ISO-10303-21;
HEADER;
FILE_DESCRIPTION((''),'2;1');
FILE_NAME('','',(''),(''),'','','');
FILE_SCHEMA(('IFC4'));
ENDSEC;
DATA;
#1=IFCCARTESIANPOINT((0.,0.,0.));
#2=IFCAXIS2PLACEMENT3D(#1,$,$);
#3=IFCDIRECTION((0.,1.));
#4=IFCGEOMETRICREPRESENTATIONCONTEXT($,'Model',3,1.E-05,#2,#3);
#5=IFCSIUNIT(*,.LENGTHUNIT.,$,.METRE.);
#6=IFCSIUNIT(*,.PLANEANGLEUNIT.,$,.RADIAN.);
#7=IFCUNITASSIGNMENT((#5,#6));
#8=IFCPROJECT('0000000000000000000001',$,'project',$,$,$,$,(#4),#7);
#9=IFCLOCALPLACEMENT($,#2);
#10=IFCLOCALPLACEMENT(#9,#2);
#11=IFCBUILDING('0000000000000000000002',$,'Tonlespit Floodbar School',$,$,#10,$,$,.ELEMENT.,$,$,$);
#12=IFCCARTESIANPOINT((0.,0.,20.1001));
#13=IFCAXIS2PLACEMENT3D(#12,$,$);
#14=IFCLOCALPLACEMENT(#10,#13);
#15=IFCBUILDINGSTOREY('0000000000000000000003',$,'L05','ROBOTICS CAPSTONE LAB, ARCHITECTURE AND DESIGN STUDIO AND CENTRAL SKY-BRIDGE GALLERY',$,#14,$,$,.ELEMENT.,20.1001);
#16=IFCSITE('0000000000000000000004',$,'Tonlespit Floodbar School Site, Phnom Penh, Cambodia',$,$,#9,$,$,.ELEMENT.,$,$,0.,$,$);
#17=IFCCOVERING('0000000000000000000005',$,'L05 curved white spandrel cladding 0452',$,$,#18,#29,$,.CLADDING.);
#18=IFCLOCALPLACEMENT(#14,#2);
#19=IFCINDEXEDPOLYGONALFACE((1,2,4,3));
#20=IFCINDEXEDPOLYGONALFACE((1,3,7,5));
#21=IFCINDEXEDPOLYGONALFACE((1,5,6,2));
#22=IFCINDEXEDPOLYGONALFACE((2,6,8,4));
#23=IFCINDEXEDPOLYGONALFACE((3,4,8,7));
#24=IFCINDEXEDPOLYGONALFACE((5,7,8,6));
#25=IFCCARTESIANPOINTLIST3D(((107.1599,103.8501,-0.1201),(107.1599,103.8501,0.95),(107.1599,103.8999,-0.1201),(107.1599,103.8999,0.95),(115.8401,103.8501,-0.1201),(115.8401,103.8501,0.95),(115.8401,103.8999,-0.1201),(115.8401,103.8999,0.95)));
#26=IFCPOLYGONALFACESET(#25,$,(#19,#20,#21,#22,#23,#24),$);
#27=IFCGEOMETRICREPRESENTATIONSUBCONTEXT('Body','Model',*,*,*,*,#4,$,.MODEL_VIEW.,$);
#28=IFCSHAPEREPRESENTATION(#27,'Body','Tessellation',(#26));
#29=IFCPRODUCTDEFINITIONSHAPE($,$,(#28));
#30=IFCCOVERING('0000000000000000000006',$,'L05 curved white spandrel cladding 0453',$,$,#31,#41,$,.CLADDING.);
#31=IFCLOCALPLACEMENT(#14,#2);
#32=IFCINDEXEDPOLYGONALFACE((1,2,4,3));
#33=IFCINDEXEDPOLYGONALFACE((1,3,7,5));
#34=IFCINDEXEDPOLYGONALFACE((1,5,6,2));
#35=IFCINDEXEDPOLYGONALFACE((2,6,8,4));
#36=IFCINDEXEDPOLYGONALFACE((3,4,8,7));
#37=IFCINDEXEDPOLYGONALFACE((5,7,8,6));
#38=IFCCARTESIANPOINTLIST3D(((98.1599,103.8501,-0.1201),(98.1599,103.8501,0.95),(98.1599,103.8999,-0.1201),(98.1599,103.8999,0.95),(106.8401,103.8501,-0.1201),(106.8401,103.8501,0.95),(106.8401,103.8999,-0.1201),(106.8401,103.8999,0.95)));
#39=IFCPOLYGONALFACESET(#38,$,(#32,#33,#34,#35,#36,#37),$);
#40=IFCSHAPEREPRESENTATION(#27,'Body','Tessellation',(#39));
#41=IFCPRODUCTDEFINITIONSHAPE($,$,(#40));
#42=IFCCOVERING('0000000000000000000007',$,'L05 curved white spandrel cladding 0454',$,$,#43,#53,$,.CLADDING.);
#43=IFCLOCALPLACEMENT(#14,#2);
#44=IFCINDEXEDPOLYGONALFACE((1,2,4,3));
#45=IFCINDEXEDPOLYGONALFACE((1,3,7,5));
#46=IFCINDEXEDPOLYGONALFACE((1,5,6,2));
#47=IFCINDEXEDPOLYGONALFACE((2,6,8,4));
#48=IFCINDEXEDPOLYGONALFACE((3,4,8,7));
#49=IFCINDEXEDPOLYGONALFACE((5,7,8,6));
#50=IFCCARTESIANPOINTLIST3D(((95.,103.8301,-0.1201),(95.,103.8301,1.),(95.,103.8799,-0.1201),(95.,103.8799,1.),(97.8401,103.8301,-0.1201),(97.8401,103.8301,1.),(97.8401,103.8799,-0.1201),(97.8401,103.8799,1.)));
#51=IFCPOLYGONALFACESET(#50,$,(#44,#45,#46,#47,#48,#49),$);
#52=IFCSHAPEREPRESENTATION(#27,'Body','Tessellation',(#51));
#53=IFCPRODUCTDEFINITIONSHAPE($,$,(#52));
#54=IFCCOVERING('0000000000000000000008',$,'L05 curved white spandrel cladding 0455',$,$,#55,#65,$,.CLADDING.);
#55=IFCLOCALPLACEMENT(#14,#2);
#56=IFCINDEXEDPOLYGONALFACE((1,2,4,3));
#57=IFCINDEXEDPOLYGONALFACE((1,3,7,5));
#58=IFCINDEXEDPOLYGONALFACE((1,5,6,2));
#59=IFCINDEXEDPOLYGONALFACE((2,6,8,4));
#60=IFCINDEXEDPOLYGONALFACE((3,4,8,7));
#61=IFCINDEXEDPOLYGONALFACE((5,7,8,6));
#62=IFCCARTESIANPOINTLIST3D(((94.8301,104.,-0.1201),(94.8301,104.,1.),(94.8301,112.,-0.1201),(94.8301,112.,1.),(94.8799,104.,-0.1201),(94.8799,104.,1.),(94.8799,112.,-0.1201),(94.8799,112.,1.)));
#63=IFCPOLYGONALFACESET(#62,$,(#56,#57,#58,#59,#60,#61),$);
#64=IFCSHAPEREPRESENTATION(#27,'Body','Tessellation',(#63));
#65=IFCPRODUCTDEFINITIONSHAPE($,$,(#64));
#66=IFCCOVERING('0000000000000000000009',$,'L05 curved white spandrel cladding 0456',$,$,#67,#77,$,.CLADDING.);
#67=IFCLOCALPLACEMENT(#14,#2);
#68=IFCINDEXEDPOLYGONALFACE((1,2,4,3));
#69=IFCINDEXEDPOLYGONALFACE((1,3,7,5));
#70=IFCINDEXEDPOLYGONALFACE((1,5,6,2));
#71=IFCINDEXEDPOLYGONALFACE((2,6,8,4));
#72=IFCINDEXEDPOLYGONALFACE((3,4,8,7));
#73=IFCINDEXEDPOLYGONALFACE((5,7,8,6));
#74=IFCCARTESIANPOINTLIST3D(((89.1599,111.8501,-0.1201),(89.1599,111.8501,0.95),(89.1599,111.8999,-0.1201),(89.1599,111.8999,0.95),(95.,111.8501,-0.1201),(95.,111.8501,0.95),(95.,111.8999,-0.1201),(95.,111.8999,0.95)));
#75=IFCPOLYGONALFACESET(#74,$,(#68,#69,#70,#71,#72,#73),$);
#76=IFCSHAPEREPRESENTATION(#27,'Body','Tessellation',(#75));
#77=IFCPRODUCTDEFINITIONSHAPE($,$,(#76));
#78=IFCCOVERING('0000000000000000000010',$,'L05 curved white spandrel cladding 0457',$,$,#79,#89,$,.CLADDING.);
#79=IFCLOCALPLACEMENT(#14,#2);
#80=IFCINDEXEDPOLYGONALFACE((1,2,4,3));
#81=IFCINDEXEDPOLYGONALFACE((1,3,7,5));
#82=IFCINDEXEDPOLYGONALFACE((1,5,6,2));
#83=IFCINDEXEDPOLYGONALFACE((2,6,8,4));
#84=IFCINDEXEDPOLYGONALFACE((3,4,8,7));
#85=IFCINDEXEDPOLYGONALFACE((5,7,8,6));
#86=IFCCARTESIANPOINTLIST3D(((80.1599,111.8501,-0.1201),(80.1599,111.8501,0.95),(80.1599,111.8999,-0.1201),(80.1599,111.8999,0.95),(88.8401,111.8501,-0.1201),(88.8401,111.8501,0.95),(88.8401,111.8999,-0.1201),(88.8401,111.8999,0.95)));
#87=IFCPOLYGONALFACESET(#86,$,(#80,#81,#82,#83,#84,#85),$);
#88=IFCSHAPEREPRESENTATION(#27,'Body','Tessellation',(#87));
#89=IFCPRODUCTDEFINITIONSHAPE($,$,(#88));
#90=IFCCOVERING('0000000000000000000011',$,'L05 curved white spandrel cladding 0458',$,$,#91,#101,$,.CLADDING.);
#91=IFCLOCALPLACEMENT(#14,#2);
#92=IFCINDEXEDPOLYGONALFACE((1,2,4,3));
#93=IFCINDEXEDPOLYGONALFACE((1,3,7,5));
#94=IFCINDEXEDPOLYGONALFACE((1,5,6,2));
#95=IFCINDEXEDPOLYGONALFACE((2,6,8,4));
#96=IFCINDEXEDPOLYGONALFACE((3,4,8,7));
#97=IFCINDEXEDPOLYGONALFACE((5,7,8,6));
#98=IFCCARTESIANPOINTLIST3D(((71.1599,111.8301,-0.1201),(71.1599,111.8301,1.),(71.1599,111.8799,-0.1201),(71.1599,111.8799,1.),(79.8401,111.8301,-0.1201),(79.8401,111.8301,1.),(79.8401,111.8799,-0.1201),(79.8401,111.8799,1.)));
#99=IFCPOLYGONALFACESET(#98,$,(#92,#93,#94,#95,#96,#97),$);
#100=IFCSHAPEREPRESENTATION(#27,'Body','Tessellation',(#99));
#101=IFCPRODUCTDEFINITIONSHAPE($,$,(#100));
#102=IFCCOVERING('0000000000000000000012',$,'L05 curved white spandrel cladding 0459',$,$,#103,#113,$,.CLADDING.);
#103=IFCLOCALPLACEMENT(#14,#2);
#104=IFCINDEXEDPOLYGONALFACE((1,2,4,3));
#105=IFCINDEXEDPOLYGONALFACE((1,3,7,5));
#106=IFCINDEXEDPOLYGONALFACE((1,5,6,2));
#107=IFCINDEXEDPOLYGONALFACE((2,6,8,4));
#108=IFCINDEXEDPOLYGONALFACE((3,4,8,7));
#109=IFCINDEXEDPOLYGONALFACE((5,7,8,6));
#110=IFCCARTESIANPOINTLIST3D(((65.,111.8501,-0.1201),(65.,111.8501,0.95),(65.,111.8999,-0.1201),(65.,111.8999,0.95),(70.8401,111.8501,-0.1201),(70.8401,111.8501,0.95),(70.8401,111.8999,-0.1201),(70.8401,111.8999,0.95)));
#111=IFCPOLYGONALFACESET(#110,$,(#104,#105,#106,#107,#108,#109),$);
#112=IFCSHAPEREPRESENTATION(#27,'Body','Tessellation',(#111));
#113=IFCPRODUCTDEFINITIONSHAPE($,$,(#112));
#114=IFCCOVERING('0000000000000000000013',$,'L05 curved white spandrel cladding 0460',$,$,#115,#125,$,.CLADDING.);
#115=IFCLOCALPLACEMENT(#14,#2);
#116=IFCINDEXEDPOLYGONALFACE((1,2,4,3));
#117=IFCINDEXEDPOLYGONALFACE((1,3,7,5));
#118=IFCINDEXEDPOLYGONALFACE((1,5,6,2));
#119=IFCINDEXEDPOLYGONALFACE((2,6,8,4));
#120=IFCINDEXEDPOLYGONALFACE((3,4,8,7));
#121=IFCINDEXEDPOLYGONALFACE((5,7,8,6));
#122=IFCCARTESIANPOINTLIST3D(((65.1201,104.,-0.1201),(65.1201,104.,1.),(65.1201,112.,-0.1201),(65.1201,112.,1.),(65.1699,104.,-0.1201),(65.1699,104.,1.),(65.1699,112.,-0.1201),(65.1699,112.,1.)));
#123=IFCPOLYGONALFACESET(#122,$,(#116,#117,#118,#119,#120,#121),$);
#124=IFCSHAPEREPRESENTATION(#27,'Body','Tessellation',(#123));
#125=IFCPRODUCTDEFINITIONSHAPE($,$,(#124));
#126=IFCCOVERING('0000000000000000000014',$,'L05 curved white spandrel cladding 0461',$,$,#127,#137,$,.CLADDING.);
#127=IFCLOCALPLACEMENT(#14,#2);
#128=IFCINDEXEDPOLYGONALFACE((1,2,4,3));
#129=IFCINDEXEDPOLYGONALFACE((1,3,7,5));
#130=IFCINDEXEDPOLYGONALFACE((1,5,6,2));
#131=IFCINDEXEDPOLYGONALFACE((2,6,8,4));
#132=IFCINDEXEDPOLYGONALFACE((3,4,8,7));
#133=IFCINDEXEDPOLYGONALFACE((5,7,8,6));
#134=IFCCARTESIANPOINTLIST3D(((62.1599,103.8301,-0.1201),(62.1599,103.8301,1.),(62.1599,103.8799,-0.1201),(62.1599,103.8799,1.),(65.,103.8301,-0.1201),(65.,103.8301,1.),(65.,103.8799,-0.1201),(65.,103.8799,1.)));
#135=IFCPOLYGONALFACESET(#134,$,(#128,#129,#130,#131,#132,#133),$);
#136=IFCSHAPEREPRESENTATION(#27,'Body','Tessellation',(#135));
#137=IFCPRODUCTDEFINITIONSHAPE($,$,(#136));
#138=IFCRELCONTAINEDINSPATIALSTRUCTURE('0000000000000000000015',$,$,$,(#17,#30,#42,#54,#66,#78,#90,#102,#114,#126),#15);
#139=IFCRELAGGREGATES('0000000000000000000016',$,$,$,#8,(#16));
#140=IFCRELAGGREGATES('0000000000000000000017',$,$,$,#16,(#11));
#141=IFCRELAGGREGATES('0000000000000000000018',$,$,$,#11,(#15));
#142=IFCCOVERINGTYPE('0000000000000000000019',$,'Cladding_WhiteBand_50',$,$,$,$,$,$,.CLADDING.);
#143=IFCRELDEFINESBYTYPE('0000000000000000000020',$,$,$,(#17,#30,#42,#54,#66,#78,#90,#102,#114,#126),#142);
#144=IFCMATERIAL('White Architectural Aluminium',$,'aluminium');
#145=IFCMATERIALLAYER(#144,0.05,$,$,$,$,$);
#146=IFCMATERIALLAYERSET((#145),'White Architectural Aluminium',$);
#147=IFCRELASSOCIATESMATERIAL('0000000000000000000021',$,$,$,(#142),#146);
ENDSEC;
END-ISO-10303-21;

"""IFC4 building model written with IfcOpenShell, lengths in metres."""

from ifc_helpers import new_model, si_unit, direction, frame, origin, place, context, subcontext, project, spatial, polyline, outline, extrude, material, layer, layer_set, type_object, element, save


model = new_model("IFC4")

# Units and contexts
model_context = context("Model", 3, precision=1e-05, world=origin(), true_north=direction((0.0, 1.0)))
body_context = subcontext(model_context, "Body", "Model", "MODEL_VIEW")
ifc_project = project(units=[si_unit("LENGTHUNIT", "METRE"), si_unit("PLANEANGLEUNIT", "RADIAN")], contexts=[model_context])

# Site, building, storey
site_placement = place(None, origin())
site = spatial("IfcSite", under=ifc_project, at=site_placement, Name="Tonlespit Floodbar School Site, Phnom Penh, Cambodia", CompositionType="ELEMENT", RefElevation=0.0)
building_placement = place(site_placement, origin())
building = spatial("IfcBuilding", under=site, at=building_placement, Name="Tonlespit Floodbar School", CompositionType="ELEMENT")
storey_placement = place(building_placement, frame((0.0, 0.0, 20.1001)))
storey = spatial("IfcBuildingStorey", under=building, at=storey_placement, Name="L05", Description="ROBOTICS CAPSTONE LAB, ARCHITECTURE AND DESIGN STUDIO AND CENTRAL SKY-BRIDGE GALLERY", CompositionType="ELEMENT", Elevation=20.1001)

# Coverings
ifc_material = material(Name="White Architectural Aluminium", Category="aluminium")
ifc_layer = layer(ifc_material, 0.05)
ifc_layer_set = layer_set([ifc_layer], Name="White Architectural Aluminium")
covering_type = type_object("IfcCoveringType", Name="Cladding_WhiteBand_50", PredefinedType="CLADDING", material=ifc_layer_set)
covering_1_placement = place(storey_placement, frame((0.0, 0.0, -0.1201)))
element("IfcCovering", 1, at=covering_1_placement, inside=storey, type_object=covering_type, Name="L05 curved white spandrel cladding 0452", PredefinedType="CLADDING", context=body_context, shape_type="SweptSolid", body=[
    extrude(outline(polyline([(115.8401, 103.8999), (107.1599, 103.8999), (107.1599, 103.8501), (115.8401, 103.8501), (115.8401, 103.8999)])), origin(), (0.0, 0.0, 1.0), 1.0701),
])
covering_2_placement = place(storey_placement, frame((0.0, 0.0, -0.1201)))
element("IfcCovering", 2, at=covering_2_placement, inside=storey, type_object=covering_type, Name="L05 curved white spandrel cladding 0453", PredefinedType="CLADDING", context=body_context, shape_type="SweptSolid", body=[
    extrude(outline(polyline([(106.8401, 103.8999), (98.1599, 103.8999), (98.1599, 103.8501), (106.8401, 103.8501), (106.8401, 103.8999)])), origin(), (0.0, 0.0, 1.0), 1.0701),
])
covering_3_placement = place(storey_placement, frame((0.0, 0.0, -0.1201)))
element("IfcCovering", 3, at=covering_3_placement, inside=storey, type_object=covering_type, Name="L05 curved white spandrel cladding 0454", PredefinedType="CLADDING", context=body_context, shape_type="SweptSolid", body=[
    extrude(outline(polyline([(97.8401, 103.8799), (95.0, 103.8799), (95.0, 103.8301), (97.8401, 103.8301), (97.8401, 103.8799)])), origin(), (0.0, 0.0, 1.0), 1.1201),
])
covering_4_placement = place(storey_placement, frame((0.0, 0.0, -0.1201)))
element("IfcCovering", 4, at=covering_4_placement, inside=storey, type_object=covering_type, Name="L05 curved white spandrel cladding 0455", PredefinedType="CLADDING", context=body_context, shape_type="SweptSolid", body=[
    extrude(outline(polyline([(94.8799, 104.0), (94.8799, 112.0), (94.8301, 112.0), (94.8301, 104.0), (94.8799, 104.0)])), origin(), (0.0, 0.0, 1.0), 1.1201),
])
covering_5_placement = place(storey_placement, frame((0.0, 0.0, -0.1201)))
element("IfcCovering", 5, at=covering_5_placement, inside=storey, type_object=covering_type, Name="L05 curved white spandrel cladding 0456", PredefinedType="CLADDING", context=body_context, shape_type="SweptSolid", body=[
    extrude(outline(polyline([(95.0, 111.8999), (89.1599, 111.8999), (89.1599, 111.8501), (95.0, 111.8501), (95.0, 111.8999)])), origin(), (0.0, 0.0, 1.0), 1.0701),
])
covering_6_placement = place(storey_placement, frame((0.0, 0.0, -0.1201)))
element("IfcCovering", 6, at=covering_6_placement, inside=storey, type_object=covering_type, Name="L05 curved white spandrel cladding 0457", PredefinedType="CLADDING", context=body_context, shape_type="SweptSolid", body=[
    extrude(outline(polyline([(88.8401, 111.8999), (80.1599, 111.8999), (80.1599, 111.8501), (88.8401, 111.8501), (88.8401, 111.8999)])), origin(), (0.0, 0.0, 1.0), 1.0701),
])
covering_7_placement = place(storey_placement, frame((0.0, 0.0, -0.1201)))
element("IfcCovering", 7, at=covering_7_placement, inside=storey, type_object=covering_type, Name="L05 curved white spandrel cladding 0458", PredefinedType="CLADDING", context=body_context, shape_type="SweptSolid", body=[
    extrude(outline(polyline([(79.8401, 111.8799), (71.1599, 111.8799), (71.1599, 111.8301), (79.8401, 111.8301), (79.8401, 111.8799)])), origin(), (0.0, 0.0, 1.0), 1.1201),
])
covering_8_placement = place(storey_placement, frame((0.0, 0.0, -0.1201)))
element("IfcCovering", 8, at=covering_8_placement, inside=storey, type_object=covering_type, Name="L05 curved white spandrel cladding 0459", PredefinedType="CLADDING", context=body_context, shape_type="SweptSolid", body=[
    extrude(outline(polyline([(70.8401, 111.8999), (65.0, 111.8999), (65.0, 111.8501), (70.8401, 111.8501), (70.8401, 111.8999)])), origin(), (0.0, 0.0, 1.0), 1.0701),
])
covering_9_placement = place(storey_placement, frame((0.0, 0.0, -0.1201)))
element("IfcCovering", 9, at=covering_9_placement, inside=storey, type_object=covering_type, Name="L05 curved white spandrel cladding 0460", PredefinedType="CLADDING", context=body_context, shape_type="SweptSolid", body=[
    extrude(outline(polyline([(65.1201, 112.0), (65.1201, 104.0), (65.1699, 104.0), (65.1699, 112.0), (65.1201, 112.0)])), origin(), (0.0, 0.0, 1.0), 1.1201),
])
covering_10_placement = place(storey_placement, frame((0.0, 0.0, -0.1201)))
element("IfcCovering", 10, at=covering_10_placement, inside=storey, type_object=covering_type, Name="L05 curved white spandrel cladding 0461", PredefinedType="CLADDING", context=body_context, shape_type="SweptSolid", body=[
    extrude(outline(polyline([(65.0, 103.8799), (62.1599, 103.8799), (62.1599, 103.8301), (65.0, 103.8301), (65.0, 103.8799)])), origin(), (0.0, 0.0, 1.0), 1.1201),
])

save(model, "model.ifc")
